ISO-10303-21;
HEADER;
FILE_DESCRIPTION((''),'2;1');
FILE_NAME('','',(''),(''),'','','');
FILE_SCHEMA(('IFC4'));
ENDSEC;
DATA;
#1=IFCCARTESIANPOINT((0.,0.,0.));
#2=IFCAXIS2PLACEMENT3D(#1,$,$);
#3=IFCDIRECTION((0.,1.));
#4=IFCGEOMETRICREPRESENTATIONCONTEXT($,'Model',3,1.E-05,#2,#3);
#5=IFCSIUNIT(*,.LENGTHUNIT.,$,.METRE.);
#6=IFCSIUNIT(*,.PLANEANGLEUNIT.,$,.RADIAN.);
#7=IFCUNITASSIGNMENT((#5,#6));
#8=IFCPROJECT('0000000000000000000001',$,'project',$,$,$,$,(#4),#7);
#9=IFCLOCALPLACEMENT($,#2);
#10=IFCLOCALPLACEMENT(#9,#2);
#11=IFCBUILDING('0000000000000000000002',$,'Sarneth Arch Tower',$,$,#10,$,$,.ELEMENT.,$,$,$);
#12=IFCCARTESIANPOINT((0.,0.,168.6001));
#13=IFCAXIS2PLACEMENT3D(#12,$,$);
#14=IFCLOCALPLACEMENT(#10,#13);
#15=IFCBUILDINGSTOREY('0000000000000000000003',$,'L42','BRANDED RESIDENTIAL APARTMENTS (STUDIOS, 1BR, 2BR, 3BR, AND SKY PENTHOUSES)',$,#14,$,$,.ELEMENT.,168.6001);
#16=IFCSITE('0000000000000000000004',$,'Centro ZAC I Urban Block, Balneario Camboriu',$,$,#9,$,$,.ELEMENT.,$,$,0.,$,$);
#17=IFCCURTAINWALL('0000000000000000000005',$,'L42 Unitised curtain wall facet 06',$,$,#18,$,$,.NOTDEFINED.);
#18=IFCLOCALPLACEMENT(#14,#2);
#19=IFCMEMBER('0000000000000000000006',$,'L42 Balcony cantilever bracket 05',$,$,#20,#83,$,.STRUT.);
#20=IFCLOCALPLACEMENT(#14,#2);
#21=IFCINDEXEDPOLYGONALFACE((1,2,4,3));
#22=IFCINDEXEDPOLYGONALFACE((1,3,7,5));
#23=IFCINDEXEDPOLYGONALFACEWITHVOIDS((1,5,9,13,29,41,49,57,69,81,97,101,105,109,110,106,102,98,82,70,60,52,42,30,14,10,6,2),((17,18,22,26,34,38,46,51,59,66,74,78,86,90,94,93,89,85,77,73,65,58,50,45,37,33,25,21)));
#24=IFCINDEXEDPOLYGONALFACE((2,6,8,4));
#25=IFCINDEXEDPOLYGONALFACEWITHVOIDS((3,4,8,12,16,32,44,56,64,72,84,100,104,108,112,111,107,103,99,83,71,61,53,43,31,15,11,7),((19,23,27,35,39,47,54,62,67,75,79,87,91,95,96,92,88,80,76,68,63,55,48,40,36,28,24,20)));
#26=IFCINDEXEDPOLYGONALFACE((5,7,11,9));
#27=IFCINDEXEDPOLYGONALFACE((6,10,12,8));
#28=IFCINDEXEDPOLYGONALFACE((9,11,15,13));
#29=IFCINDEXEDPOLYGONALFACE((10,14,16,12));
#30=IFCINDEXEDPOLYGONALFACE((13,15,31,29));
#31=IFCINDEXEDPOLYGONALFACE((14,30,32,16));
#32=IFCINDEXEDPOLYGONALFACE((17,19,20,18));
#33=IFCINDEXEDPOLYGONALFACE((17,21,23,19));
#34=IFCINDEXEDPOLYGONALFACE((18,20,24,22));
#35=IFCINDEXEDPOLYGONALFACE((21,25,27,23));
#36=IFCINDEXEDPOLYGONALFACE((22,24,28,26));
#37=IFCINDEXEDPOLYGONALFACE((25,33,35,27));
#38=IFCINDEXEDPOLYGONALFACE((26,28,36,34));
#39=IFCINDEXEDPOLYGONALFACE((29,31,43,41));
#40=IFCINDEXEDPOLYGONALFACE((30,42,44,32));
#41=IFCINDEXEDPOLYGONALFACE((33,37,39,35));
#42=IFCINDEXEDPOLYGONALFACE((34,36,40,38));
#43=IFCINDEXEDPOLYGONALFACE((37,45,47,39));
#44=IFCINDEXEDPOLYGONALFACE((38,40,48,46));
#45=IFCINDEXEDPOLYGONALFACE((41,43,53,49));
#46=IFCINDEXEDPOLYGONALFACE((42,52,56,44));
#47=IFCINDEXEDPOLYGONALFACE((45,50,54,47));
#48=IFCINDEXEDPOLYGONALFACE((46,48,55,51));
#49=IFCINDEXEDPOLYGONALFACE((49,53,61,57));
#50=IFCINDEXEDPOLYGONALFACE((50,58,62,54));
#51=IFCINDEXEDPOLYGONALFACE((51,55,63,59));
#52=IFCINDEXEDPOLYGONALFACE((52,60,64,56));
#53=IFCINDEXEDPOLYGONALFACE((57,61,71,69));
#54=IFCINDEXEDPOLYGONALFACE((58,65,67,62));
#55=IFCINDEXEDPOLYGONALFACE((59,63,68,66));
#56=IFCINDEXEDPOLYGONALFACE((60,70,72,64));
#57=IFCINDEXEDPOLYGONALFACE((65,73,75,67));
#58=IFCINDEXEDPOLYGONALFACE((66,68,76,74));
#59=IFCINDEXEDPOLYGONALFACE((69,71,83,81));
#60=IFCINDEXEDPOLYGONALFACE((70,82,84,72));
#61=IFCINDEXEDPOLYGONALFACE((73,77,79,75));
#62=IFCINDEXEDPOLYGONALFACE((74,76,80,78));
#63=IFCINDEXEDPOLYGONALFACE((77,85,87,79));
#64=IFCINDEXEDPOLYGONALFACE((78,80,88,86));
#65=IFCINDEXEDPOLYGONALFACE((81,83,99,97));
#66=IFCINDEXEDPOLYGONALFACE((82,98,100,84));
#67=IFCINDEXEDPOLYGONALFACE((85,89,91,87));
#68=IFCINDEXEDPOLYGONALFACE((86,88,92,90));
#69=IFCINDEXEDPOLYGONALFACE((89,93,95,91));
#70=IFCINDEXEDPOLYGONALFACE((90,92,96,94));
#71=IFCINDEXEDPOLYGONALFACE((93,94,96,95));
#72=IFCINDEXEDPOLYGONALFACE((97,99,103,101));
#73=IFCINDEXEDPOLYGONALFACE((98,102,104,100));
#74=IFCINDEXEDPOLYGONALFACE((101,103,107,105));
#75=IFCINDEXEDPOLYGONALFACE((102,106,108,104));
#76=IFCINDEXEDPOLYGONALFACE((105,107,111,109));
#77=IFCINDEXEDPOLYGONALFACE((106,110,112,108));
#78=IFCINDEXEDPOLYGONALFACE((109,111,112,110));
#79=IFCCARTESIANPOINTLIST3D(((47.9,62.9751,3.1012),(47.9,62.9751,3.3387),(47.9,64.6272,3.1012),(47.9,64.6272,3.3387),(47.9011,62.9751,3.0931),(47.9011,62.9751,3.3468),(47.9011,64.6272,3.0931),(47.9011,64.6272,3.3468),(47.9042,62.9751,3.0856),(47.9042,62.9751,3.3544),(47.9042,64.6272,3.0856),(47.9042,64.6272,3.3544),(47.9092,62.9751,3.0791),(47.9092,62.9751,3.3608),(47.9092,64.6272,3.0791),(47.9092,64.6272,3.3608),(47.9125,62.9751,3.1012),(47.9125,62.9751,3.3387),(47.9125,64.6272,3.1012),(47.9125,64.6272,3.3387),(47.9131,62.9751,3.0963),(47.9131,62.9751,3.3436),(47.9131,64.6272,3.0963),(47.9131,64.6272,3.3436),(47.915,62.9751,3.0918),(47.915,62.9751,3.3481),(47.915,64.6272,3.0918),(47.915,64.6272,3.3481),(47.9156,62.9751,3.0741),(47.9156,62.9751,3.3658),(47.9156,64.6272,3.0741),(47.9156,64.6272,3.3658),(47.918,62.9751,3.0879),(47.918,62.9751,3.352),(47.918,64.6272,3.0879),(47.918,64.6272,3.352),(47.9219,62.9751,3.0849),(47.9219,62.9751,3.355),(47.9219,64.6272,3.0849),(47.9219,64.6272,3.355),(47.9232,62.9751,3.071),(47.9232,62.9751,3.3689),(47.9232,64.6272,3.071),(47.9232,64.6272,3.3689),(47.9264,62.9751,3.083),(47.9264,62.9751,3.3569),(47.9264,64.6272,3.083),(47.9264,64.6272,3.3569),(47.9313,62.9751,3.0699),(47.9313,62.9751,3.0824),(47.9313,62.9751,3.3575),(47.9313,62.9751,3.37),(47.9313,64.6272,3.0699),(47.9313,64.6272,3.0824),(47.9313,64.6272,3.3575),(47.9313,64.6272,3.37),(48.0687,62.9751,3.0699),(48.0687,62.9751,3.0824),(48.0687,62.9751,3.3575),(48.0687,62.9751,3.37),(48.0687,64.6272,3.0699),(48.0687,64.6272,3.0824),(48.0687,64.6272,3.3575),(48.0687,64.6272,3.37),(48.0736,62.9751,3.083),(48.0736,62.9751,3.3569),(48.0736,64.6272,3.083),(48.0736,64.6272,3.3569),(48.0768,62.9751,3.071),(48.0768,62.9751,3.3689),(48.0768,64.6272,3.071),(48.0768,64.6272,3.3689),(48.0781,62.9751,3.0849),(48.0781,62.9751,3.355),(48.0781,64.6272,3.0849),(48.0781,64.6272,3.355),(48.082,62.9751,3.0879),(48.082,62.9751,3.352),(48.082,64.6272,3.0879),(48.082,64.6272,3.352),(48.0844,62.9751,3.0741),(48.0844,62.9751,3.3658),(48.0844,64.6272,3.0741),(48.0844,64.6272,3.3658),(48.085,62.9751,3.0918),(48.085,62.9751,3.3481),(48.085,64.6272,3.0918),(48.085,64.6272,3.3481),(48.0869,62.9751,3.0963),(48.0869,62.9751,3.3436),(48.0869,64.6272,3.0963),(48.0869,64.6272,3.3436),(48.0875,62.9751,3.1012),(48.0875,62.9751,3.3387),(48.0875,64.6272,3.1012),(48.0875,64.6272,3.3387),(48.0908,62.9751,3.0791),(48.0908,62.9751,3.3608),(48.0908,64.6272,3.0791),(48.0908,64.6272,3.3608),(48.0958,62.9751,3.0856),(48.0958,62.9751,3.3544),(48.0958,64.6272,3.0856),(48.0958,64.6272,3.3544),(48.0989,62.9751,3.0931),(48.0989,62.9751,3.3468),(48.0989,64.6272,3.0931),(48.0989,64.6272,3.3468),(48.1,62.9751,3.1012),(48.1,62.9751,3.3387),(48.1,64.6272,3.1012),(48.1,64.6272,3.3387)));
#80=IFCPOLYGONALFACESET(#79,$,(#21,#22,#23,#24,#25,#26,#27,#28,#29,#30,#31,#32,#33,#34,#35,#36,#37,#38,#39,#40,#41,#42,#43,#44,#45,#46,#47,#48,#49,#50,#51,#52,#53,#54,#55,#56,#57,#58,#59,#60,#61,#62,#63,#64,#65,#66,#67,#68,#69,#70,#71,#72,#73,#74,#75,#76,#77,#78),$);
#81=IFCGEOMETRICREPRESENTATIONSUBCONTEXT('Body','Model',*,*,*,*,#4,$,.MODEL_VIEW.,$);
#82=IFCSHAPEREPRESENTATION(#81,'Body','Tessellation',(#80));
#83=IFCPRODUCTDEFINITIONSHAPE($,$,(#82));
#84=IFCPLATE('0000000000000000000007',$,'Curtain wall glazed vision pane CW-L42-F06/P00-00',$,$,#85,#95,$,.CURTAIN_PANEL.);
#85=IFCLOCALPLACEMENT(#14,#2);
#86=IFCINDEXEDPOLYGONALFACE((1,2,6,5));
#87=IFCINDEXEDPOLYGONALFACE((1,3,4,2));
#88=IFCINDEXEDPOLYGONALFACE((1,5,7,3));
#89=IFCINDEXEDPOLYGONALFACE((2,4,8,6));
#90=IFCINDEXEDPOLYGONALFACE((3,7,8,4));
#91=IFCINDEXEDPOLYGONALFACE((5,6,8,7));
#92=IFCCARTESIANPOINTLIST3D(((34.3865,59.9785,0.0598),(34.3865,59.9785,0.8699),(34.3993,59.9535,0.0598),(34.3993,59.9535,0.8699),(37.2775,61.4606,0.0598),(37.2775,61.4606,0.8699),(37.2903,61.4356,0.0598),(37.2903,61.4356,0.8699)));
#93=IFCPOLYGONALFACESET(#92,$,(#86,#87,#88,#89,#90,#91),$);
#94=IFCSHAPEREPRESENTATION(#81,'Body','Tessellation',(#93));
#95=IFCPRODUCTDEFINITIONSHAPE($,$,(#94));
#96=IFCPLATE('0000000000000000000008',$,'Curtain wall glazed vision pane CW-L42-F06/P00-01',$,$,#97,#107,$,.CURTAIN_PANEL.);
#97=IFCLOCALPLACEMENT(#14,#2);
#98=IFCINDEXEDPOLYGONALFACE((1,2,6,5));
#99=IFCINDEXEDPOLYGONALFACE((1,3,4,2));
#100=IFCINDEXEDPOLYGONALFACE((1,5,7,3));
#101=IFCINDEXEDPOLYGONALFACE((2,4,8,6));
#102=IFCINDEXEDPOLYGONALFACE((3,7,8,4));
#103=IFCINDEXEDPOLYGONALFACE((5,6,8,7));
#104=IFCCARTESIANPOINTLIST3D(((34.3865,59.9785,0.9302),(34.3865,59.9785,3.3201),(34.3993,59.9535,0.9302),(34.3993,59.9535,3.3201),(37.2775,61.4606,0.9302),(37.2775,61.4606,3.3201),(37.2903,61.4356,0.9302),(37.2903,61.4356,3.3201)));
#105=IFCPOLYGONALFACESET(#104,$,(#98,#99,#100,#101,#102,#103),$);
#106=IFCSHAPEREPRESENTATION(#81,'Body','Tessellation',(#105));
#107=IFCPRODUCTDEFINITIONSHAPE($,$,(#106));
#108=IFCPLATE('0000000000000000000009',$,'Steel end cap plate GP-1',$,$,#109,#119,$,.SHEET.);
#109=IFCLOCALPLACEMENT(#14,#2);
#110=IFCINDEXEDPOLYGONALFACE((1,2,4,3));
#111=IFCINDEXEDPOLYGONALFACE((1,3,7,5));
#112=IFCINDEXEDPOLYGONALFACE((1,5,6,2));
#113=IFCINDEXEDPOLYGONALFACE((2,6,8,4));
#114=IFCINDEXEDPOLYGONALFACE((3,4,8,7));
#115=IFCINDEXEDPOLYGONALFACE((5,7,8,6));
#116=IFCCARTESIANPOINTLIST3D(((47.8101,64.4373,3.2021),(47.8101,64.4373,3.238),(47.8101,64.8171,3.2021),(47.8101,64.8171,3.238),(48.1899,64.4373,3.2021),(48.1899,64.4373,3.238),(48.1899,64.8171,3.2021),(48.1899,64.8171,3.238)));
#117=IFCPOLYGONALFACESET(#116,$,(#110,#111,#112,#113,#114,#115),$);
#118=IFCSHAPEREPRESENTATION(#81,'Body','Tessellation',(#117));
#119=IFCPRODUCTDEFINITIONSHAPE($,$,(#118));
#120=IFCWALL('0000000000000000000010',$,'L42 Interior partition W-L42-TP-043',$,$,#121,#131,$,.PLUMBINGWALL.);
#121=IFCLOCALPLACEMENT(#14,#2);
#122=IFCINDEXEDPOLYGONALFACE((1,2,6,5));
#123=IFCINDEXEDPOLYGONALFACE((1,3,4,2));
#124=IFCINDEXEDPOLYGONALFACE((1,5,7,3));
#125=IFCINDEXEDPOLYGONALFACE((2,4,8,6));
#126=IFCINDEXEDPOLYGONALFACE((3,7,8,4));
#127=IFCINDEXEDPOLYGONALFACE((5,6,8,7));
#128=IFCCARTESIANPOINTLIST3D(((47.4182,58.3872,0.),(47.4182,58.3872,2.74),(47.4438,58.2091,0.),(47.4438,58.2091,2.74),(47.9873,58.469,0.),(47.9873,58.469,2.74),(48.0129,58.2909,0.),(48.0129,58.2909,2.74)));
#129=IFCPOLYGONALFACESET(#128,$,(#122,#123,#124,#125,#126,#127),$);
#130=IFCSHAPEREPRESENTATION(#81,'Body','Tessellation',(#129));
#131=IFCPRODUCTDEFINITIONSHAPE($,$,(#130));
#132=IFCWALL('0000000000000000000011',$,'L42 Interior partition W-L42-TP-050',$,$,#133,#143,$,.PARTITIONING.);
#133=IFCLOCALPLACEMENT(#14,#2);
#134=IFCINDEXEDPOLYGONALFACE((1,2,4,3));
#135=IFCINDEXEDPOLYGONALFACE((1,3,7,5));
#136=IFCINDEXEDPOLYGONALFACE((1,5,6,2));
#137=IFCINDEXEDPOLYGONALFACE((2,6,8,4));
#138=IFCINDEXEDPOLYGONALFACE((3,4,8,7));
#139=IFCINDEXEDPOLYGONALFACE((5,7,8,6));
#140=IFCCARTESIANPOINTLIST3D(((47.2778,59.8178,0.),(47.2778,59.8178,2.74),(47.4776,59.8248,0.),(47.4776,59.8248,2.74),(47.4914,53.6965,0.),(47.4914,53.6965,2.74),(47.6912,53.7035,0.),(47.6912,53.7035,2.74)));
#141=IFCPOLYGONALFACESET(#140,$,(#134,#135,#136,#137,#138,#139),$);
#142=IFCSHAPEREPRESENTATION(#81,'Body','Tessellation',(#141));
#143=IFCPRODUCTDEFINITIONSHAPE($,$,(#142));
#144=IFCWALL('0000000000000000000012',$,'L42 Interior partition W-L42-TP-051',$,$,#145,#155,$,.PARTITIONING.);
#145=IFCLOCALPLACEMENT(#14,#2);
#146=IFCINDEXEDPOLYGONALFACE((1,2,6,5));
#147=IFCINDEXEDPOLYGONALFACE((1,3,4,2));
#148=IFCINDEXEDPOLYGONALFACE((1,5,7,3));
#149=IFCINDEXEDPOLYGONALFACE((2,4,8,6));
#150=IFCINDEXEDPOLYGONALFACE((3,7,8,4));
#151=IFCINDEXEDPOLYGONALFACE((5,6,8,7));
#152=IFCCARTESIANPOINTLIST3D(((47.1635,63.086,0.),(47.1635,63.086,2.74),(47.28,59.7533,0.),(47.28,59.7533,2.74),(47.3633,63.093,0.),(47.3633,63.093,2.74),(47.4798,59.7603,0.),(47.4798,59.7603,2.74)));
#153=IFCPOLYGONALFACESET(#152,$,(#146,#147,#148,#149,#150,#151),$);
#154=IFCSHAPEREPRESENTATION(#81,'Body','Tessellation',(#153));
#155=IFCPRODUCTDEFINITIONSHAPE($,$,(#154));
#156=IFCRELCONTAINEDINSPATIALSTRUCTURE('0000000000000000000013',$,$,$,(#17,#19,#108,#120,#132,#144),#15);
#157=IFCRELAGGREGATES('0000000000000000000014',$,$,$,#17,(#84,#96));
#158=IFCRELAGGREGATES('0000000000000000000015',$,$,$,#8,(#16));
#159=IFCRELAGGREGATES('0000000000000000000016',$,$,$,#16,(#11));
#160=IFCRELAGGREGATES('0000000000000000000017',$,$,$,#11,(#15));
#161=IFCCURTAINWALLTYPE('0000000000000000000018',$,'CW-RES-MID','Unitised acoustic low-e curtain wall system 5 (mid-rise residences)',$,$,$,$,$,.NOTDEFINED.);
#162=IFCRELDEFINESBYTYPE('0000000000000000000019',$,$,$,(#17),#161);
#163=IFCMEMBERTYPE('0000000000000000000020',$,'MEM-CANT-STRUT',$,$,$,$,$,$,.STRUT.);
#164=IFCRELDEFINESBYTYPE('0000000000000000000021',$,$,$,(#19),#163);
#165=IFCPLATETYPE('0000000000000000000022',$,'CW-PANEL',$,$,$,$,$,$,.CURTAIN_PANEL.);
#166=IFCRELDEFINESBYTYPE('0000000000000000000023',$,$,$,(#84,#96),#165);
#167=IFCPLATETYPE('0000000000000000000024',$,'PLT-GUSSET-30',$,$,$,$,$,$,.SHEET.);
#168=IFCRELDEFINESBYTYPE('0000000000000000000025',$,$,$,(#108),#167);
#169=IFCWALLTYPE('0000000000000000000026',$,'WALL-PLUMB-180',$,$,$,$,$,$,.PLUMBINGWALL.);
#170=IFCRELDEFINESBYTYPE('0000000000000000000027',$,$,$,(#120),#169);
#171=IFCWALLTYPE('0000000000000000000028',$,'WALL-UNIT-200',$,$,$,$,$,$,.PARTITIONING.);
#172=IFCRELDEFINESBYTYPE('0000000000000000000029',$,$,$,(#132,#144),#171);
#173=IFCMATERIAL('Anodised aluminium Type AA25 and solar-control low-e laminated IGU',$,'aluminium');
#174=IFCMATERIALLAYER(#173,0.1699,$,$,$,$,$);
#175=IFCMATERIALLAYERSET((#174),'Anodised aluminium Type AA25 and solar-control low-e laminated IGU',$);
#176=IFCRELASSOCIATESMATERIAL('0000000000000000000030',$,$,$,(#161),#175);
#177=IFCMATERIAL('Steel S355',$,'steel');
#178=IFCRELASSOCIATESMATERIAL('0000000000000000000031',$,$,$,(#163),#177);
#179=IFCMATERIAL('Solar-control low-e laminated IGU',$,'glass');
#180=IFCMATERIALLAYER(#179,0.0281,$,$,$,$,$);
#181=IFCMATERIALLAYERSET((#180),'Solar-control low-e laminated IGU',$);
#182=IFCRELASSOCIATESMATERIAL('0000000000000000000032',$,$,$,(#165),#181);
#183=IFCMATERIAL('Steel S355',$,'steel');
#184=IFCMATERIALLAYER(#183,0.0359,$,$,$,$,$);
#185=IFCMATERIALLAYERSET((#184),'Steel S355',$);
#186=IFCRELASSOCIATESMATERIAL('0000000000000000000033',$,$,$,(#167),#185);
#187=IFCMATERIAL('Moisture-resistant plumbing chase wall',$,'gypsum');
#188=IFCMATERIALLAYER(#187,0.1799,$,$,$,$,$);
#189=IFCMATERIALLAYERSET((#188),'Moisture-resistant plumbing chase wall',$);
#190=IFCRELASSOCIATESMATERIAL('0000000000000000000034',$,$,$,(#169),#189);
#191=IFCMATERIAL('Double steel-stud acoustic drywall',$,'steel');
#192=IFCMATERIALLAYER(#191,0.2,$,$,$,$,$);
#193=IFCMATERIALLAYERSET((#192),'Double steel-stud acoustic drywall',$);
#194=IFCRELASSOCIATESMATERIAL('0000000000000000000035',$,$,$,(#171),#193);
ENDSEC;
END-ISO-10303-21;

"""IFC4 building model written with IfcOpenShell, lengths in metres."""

from ifc_helpers import new_model, si_unit, direction, frame, frame_2d, origin, origin_2d, place, context, subcontext, project, spatial, rectangle, hollow_rectangle, extrude, material, layer, layer_set, material_profile, profile_set, type_object, element, aggregate, save


model = new_model("IFC4")

# Units and contexts
model_context = context("Model", 3, precision=1e-05, world=origin(), true_north=direction((0.0, 1.0)))
body_context = subcontext(model_context, "Body", "Model", "MODEL_VIEW")
ifc_project = project(units=[si_unit("LENGTHUNIT", "METRE"), si_unit("PLANEANGLEUNIT", "RADIAN")], contexts=[model_context])

# Site, building, storey
site_placement = place(None, origin())
site = spatial("IfcSite", under=ifc_project, at=site_placement, Name="Centro ZAC I Urban Block, Balneario Camboriu", CompositionType="ELEMENT", RefElevation=0.0)
building_placement = place(site_placement, origin())
building = spatial("IfcBuilding", under=site, at=building_placement, Name="Sarneth Arch Tower", CompositionType="ELEMENT")
storey_placement = place(building_placement, frame((0.0, 0.0, 168.6001)))
storey = spatial("IfcBuildingStorey", under=building, at=storey_placement, Name="L42", Description="BRANDED RESIDENTIAL APARTMENTS (STUDIOS, 1BR, 2BR, 3BR, AND SKY PENTHOUSES)", CompositionType="ELEMENT", Elevation=168.6001)

# Curtain wall
ifc_material_1 = material(Name="Anodised aluminium Type AA25 and solar-control low-e laminated IGU", Category="aluminium")
ifc_layer_1 = layer(ifc_material_1, 0.1699)
ifc_layer_set_1 = layer_set([ifc_layer_1], Name="Anodised aluminium Type AA25 and solar-control low-e laminated IGU")
curtain_wall_type = type_object("IfcCurtainWallType", Name="CW-RES-MID", Description="Unitised acoustic low-e curtain wall system 5 (mid-rise residences)", PredefinedType="NOTDEFINED", material=ifc_layer_set_1)
curtain_wall_placement = place(storey_placement, origin())
curtain_wall = element("IfcCurtainWall", 1, at=curtain_wall_placement, inside=storey, type_object=curtain_wall_type, Name="L42 Unitised curtain wall facet 06", PredefinedType="NOTDEFINED")

# Member
ifc_material_2 = material(Name="Steel S355", Category="steel")
ifc_material_profile_1 = material_profile(ifc_material_2, hollow_rectangle(XDim=0.2, YDim=0.3, WallThickness=0.0125, InnerFilletRadius=0.0188, OuterFilletRadius=0.0312, at=origin_2d()), Name="RHS300x200x12.5")
ifc_profile_set_1 = profile_set([ifc_material_profile_1], Name="Steel S355")
member_type_1 = type_object("IfcMemberType", Name="MEM-CANT-STRUT", PredefinedType="STRUT", material=ifc_profile_set_1)
member_1_placement = place(storey_placement, frame((48.0, 62.9751, 3.22), z_axis=(0.0, 1.0, 0.0), x_axis=(-1.0, 0.0, 0.0)))
element("IfcMember", 2, at=member_1_placement, inside=storey, type_object=member_type_1, Name="L42 Balcony cantilever bracket 05", PredefinedType="STRUT", context=body_context, shape_type="SweptSolid", body=[
    extrude(hollow_rectangle(XDim=0.2, YDim=0.3, WallThickness=0.0125, InnerFilletRadius=0.0188, OuterFilletRadius=0.0312, at=origin_2d()), origin(), (0.0, 0.0, 1.0), 1.6521),
])

# Plates
ifc_material_3 = material(Name="Solar-control low-e laminated IGU", Category="glass")
ifc_layer_2 = layer(ifc_material_3, 0.0281)
ifc_layer_set_2 = layer_set([ifc_layer_2], Name="Solar-control low-e laminated IGU")
plate_type_1 = type_object("IfcPlateType", Name="CW-PANEL", PredefinedType="CURTAIN_PANEL", material=ifc_layer_set_2)
plate_1_placement = place(storey_placement, frame((35.8384, 60.707, 0.0598), z_axis=(0.0, 0.0, 1.0), x_axis=(-0.889873, -0.456208, 0.0)))
plate_1 = element("IfcPlate", 3, at=plate_1_placement, type_object=plate_type_1, Name="Curtain wall glazed vision pane CW-L42-F06/P00-00", PredefinedType="CURTAIN_PANEL", context=body_context, shape_type="SweptSolid", body=[
    extrude(rectangle(XDim=3.2488, YDim=0.0281, at=origin_2d()), origin(), (0.0, 0.0, 1.0), 0.8101),
])
plate_2_placement = place(storey_placement, frame((35.8384, 60.707, 0.9302), z_axis=(0.0, 0.0, 1.0), x_axis=(-0.889873, -0.456208, 0.0)))
plate_2 = element("IfcPlate", 4, at=plate_2_placement, type_object=plate_type_1, Name="Curtain wall glazed vision pane CW-L42-F06/P00-01", PredefinedType="CURTAIN_PANEL", context=body_context, shape_type="SweptSolid", body=[
    extrude(rectangle(XDim=3.2488, YDim=0.0281, at=origin_2d()), origin(), (0.0, 0.0, 1.0), 2.3899),
])
aggregate(curtain_wall, [plate_1, plate_2])
ifc_material_4 = material(Name="Steel S355", Category="steel")
ifc_layer_3 = layer(ifc_material_4, 0.0359)
ifc_layer_set_3 = layer_set([ifc_layer_3], Name="Steel S355")
plate_type_2 = type_object("IfcPlateType", Name="PLT-GUSSET-30", PredefinedType="SHEET", material=ifc_layer_set_3)
plate_3_placement = place(storey_placement, frame((48.0, 64.6272, 3.2021), z_axis=(0.0, 0.0, 1.0), x_axis=(0.0, 1.0, 0.0)))
element("IfcPlate", 5, at=plate_3_placement, inside=storey, type_object=plate_type_2, Name="Steel end cap plate GP-1", PredefinedType="SHEET", context=body_context, shape_type="SweptSolid", body=[
    extrude(rectangle(XDim=0.3799, YDim=0.3799, at=origin_2d()), origin(), (0.0, 0.0, 1.0), 0.0359),
])

# Walls
ifc_material_5 = material(Name="Moisture-resistant plumbing chase wall", Category="gypsum")
ifc_layer_4 = layer(ifc_material_5, 0.1799)
ifc_layer_set_4 = layer_set([ifc_layer_4], Name="Moisture-resistant plumbing chase wall")
wall_type_1 = type_object("IfcWallType", Name="WALL-PLUMB-180", PredefinedType="PLUMBINGWALL", material=ifc_layer_set_4)
wall_1_placement = place(storey_placement, frame((47.4309, 58.2981, 0.0), z_axis=(0.0, 0.0, 1.0), x_axis=(0.98983, 0.142254, 0.0)))
element("IfcWall", 6, at=wall_1_placement, inside=storey, type_object=wall_type_1, Name="L42 Interior partition W-L42-TP-043", PredefinedType="PLUMBINGWALL", context=body_context, shape_type="SweptSolid", body=[
    extrude(rectangle(XDim=0.575, YDim=0.1799, at=frame_2d((0.2876, 0.0))), origin(), (0.0, 0.0, 1.0), 2.74),
])
ifc_material_6 = material(Name="Double steel-stud acoustic drywall", Category="steel")
ifc_layer_5 = layer(ifc_material_6, 0.2)
ifc_layer_set_5 = layer_set([ifc_layer_5], Name="Double steel-stud acoustic drywall")
wall_type_2 = type_object("IfcWallType", Name="WALL-UNIT-200", PredefinedType="PARTITIONING", material=ifc_layer_set_5)
wall_2_placement = place(storey_placement, frame((47.3777, 59.8213, 0.0), z_axis=(0.0, 0.0, 1.0), x_axis=(0.034877, -0.999392, 0.0)))
element("IfcWall", 7, at=wall_2_placement, inside=storey, type_object=wall_type_2, Name="L42 Interior partition W-L42-TP-050", PredefinedType="PARTITIONING", context=body_context, shape_type="SweptSolid", body=[
    extrude(rectangle(XDim=6.125, YDim=0.2, at=frame_2d((3.0625, 0.0))), origin(), (0.0, 0.0, 1.0), 2.74),
])
wall_3_placement = place(storey_placement, frame((47.2634, 63.0896, 0.0), z_axis=(0.0, 0.0, 1.0), x_axis=(0.034921, -0.99939, 0.0)))
element("IfcWall", 8, at=wall_3_placement, inside=storey, type_object=wall_type_2, Name="L42 Interior partition W-L42-TP-051", PredefinedType="PARTITIONING", context=body_context, shape_type="SweptSolid", body=[
    extrude(rectangle(XDim=3.3347, YDim=0.2, at=frame_2d((1.6675, 0.0))), origin(), (0.0, 0.0, 1.0), 2.74),
])

save(model, "model.ifc")
